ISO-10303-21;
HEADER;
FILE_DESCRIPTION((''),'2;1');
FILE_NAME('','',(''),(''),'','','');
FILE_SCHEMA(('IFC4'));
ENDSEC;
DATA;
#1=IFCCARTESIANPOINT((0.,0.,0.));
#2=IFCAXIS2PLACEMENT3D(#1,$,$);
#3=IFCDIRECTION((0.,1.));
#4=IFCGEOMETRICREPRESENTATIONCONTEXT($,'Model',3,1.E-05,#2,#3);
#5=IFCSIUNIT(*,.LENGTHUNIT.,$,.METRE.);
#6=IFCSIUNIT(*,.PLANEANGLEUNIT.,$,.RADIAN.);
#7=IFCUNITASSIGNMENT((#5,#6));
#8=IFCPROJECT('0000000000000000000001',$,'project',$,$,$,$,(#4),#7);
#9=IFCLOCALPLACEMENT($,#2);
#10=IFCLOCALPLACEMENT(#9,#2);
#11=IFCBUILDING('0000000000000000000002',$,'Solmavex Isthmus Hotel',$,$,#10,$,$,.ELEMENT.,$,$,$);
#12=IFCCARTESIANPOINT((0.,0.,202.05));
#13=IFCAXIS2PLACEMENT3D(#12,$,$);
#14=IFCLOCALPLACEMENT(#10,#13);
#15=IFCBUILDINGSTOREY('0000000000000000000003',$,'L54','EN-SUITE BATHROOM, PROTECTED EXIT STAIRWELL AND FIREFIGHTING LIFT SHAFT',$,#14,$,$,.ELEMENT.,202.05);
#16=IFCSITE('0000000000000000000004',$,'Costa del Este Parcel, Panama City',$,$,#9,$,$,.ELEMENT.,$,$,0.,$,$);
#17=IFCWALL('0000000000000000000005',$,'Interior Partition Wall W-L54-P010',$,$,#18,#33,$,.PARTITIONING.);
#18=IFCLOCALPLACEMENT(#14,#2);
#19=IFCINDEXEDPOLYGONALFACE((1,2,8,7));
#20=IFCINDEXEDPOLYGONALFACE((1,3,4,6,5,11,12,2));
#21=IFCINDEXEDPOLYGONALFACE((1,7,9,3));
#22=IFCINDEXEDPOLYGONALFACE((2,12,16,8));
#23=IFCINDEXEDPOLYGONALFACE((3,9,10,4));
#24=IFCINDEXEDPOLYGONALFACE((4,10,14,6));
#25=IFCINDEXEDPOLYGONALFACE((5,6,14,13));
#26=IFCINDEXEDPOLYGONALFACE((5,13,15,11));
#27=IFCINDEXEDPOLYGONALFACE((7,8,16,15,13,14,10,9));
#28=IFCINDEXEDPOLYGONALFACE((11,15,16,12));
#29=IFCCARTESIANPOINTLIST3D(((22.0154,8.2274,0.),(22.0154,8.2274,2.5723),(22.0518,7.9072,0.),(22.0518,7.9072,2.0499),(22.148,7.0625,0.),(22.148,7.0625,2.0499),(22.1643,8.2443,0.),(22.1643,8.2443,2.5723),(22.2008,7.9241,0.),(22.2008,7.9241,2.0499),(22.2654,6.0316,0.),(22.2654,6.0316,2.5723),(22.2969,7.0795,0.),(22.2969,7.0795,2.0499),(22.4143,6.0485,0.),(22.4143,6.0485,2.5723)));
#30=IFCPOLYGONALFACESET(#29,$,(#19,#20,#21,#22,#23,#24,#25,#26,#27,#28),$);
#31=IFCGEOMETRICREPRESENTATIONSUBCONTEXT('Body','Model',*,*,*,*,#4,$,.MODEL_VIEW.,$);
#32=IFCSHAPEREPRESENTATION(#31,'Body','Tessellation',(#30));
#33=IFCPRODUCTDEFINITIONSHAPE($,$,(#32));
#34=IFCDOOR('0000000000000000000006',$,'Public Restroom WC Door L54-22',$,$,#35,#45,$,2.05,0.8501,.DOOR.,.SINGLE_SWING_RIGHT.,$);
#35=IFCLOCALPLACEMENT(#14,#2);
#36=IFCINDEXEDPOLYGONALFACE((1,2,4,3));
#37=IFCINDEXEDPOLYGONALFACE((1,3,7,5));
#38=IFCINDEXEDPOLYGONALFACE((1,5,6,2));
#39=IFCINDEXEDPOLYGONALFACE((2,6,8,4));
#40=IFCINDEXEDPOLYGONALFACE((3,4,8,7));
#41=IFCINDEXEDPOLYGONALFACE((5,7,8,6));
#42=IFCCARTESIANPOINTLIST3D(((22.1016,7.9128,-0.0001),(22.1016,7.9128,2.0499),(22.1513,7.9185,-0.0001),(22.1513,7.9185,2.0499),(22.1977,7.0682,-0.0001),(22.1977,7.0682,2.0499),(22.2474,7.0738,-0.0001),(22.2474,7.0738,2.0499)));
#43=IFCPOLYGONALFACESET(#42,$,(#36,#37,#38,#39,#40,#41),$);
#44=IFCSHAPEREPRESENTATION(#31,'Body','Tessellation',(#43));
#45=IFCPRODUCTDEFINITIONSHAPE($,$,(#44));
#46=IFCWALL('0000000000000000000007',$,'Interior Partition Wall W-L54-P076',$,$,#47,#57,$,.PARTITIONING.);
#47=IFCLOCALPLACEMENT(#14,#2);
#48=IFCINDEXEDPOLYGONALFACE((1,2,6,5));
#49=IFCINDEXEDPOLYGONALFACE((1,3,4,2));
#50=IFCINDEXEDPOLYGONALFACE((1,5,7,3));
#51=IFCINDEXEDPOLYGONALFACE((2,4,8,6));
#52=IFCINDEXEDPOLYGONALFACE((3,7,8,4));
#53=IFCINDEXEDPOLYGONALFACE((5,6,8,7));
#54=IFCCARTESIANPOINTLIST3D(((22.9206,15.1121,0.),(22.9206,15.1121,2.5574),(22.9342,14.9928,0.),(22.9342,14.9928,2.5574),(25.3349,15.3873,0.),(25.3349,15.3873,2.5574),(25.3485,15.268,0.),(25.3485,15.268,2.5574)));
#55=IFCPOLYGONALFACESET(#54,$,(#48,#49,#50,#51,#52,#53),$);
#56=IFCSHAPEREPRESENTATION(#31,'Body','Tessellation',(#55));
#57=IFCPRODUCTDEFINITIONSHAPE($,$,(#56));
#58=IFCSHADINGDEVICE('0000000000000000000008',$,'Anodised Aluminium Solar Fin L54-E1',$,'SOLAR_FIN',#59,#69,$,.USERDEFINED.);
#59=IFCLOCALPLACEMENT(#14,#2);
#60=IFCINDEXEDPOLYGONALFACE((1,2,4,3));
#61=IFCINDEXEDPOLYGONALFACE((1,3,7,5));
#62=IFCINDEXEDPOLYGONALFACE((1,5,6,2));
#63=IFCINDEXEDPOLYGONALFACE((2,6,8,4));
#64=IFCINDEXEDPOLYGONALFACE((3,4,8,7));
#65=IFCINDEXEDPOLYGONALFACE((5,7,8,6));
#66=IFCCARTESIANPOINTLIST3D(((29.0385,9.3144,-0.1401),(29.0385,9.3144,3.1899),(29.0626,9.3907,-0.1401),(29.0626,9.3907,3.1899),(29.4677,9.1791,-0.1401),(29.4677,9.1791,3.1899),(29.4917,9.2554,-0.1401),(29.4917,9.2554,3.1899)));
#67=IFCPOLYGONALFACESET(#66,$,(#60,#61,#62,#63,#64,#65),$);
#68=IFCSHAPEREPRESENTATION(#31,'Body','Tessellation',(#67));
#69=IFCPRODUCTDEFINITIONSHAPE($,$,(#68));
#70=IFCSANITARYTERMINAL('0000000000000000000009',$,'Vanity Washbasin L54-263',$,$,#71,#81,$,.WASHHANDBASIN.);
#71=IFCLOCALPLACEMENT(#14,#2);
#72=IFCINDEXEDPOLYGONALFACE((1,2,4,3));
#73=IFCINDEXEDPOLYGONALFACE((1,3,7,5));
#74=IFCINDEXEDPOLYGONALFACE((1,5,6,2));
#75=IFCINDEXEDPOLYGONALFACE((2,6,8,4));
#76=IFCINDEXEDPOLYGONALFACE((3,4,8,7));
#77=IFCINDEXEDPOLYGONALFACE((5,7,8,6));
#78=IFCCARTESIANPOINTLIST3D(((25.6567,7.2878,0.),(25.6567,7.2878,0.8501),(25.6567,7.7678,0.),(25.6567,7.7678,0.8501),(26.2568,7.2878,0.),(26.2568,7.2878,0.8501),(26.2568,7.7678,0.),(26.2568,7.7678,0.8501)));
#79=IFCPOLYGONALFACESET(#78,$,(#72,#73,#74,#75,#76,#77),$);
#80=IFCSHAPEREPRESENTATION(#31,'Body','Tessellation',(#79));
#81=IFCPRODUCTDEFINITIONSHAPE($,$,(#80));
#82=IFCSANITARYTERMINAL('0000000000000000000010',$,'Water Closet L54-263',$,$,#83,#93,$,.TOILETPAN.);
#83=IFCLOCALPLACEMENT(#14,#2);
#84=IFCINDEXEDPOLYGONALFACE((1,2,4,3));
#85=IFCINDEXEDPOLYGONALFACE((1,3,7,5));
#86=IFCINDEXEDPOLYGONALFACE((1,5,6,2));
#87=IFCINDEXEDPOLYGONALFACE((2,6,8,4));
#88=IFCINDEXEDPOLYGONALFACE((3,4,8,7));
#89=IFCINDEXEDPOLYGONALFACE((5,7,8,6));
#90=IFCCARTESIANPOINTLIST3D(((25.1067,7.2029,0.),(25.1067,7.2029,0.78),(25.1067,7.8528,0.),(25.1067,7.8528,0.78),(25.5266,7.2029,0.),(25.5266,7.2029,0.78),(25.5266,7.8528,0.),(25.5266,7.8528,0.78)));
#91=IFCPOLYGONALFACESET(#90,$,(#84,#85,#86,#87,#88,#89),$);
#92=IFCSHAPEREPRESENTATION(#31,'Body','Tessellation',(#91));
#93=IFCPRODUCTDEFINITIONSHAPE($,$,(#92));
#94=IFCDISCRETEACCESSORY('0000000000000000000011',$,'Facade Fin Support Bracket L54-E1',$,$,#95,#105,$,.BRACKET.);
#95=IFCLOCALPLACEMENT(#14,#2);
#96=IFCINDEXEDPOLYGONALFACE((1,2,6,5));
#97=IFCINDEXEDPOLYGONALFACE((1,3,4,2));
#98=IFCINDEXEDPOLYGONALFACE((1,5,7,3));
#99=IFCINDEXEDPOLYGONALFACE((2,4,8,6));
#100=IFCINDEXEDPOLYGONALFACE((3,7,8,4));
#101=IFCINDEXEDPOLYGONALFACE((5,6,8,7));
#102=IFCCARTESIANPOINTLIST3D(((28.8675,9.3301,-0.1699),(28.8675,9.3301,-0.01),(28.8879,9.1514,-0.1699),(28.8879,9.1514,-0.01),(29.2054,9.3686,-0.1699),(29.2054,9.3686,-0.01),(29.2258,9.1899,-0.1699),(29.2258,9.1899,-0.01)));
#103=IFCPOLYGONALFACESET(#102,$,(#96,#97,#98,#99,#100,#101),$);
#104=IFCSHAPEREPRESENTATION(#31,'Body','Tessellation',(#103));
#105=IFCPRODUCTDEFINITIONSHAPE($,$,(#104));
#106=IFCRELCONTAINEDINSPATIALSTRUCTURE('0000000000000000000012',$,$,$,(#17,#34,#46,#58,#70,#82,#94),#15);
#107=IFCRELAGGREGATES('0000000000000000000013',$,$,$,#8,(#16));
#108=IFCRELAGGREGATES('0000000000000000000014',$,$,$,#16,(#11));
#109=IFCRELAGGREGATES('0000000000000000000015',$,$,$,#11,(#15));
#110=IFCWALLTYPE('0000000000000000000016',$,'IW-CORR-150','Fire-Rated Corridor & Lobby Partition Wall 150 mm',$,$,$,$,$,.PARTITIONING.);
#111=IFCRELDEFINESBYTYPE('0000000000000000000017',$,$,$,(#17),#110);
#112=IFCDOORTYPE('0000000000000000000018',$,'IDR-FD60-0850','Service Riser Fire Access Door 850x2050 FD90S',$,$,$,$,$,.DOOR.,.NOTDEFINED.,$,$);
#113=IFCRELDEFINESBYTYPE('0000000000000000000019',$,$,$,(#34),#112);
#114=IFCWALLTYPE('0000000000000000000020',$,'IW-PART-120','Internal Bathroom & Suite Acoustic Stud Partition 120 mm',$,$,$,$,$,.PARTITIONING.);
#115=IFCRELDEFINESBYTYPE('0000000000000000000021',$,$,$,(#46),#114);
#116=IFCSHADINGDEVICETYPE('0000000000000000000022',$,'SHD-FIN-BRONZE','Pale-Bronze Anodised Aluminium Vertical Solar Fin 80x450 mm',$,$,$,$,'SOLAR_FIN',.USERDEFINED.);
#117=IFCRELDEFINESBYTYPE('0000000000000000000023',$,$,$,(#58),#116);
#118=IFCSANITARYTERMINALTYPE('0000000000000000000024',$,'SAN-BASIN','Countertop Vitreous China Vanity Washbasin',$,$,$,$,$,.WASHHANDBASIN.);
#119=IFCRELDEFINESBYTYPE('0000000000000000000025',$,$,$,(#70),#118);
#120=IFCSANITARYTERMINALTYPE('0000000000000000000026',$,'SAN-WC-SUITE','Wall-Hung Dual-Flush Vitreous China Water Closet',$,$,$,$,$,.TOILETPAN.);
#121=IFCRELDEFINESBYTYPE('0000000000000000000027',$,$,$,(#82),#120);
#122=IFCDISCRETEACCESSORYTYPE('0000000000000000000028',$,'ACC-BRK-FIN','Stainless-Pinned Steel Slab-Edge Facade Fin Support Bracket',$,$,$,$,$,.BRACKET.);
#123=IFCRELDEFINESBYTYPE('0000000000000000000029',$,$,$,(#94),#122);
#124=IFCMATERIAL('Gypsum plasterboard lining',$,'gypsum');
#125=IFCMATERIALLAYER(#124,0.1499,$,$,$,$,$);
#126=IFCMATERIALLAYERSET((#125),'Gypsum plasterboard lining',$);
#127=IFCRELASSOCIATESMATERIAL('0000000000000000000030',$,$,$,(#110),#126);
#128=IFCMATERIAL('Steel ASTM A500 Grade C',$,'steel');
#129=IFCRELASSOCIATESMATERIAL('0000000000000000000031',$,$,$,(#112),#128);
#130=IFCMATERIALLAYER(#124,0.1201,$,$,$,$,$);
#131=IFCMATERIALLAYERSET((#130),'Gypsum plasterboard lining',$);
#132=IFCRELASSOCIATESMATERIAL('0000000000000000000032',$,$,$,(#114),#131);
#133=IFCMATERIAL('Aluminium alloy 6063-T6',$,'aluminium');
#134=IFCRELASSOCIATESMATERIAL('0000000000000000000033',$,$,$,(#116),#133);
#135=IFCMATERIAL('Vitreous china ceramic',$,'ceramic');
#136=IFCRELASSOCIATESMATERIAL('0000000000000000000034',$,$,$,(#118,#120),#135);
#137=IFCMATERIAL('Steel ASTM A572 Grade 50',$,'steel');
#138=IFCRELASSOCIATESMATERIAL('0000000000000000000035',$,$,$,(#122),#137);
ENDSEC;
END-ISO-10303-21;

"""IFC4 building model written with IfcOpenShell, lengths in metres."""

from ifc_helpers import new_model, si_unit, direction, frame, frame_2d, origin, origin_2d, place, context, subcontext, project, spatial, rectangle, extrude, material, layer, layer_set, type_object, element, fill, save


model = new_model("IFC4")

# Units and contexts
model_context = context("Model", 3, precision=1e-05, world=origin(), true_north=direction((0.0, 1.0)))
body_context = subcontext(model_context, "Body", "Model", "MODEL_VIEW")
ifc_project = project(units=[si_unit("LENGTHUNIT", "METRE"), si_unit("PLANEANGLEUNIT", "RADIAN")], contexts=[model_context])

# Site, building, storey
site_placement = place(None, origin())
site = spatial("IfcSite", under=ifc_project, at=site_placement, Name="Costa del Este Parcel, Panama City", CompositionType="ELEMENT", RefElevation=0.0)
building_placement = place(site_placement, origin())
building = spatial("IfcBuilding", under=site, at=building_placement, Name="Solmavex Isthmus Hotel", CompositionType="ELEMENT")
storey_placement = place(building_placement, frame((0.0, 0.0, 202.05)))
storey = spatial("IfcBuildingStorey", under=building, at=storey_placement, Name="L54", Description="EN-SUITE BATHROOM, PROTECTED EXIT STAIRWELL AND FIREFIGHTING LIFT SHAFT", CompositionType="ELEMENT", Elevation=202.05)

# Shared definitions
ifc_material_1 = material(Name="Aluminium alloy 6063-T6", Category="aluminium")

# Shared definitions
ifc_material_2 = material(Name="Gypsum plasterboard lining", Category="gypsum")

# Wall, opening, door
ifc_layer_1 = layer(ifc_material_2, 0.1499)
ifc_layer_set_1 = layer_set([ifc_layer_1], Name="Gypsum plasterboard lining")
wall_type_1 = type_object("IfcWallType", Name="IW-CORR-150", Description="Fire-Rated Corridor & Lobby Partition Wall 150 mm", PredefinedType="PARTITIONING", material=ifc_layer_set_1)
wall_1_placement = place(storey_placement, frame((22.0898, 8.2358, 0.0), z_axis=(0.0, 0.0, 1.0), x_axis=(0.113123, -0.993581, 0.0)))
wall_1 = element("IfcWall", 1, at=wall_1_placement, inside=storey, type_object=wall_type_1, Name="Interior Partition Wall W-L54-P010", PredefinedType="PARTITIONING", context=body_context, shape_type="SweptSolid", body=[
    extrude(rectangle(XDim=2.21, YDim=0.1499, at=frame_2d((1.105, 0.0))), origin(), (0.0, 0.0, 1.0), 2.5723),
])
opening_1_placement = place(wall_1_placement, frame((0.3223, 0.0, 0.0)))
opening_1 = element("IfcOpeningElement", 2, at=opening_1_placement, cuts=wall_1, PredefinedType="OPENING", context=body_context, shape_type="SweptSolid", body=[
    extrude(rectangle(XDim=0.8501, YDim=2.05, at=frame_2d((0.425, 1.0249))), frame((0.0, 0.085, 0.0), z_axis=(0.0, -1.0, 0.0), x_axis=(1.0, 0.0, 0.0)), (0.0, 0.0, 1.0), 0.1699),
])
ifc_material_3 = material(Name="Steel ASTM A500 Grade C", Category="steel")
door_type_1 = type_object("IfcDoorType", Name="IDR-FD60-0850", Description="Service Riser Fire Access Door 850x2050 FD90S", OperationType="NOTDEFINED", PredefinedType="DOOR", material=ifc_material_3)
door_1_placement = place(opening_1_placement, frame((0.8501, 0.0, 0.0), z_axis=(0.0, 0.0, 1.0), x_axis=(-1.0, 0.0, 0.0)))
door_1 = element("IfcDoor", 3, at=door_1_placement, inside=storey, type_object=door_type_1, Name="Public Restroom WC Door L54-22", OperationType="SINGLE_SWING_RIGHT", OverallHeight=2.05, OverallWidth=0.8501, PredefinedType="DOOR", context=body_context, shape_type="SweptSolid", body=[
    extrude(rectangle(XDim=0.8501, YDim=2.05, at=frame_2d((0.425, 1.0249))), frame((0.0, 0.0249, 0.0), z_axis=(0.0, -1.0, 0.0), x_axis=(1.0, 0.0, 0.0)), (0.0, 0.0, 1.0), 0.05),
])
fill(opening_1, door_1)

# Wall
ifc_layer_2 = layer(ifc_material_2, 0.1201)
ifc_layer_set_2 = layer_set([ifc_layer_2], Name="Gypsum plasterboard lining")
wall_type_2 = type_object("IfcWallType", Name="IW-PART-120", Description="Internal Bathroom & Suite Acoustic Stud Partition 120 mm", PredefinedType="PARTITIONING", material=ifc_layer_set_2)
wall_2_placement = place(storey_placement, frame((22.9275, 15.0525, 0.0), z_axis=(0.0, 0.0, 1.0), x_axis=(0.993569, 0.113232, 0.0)))
element("IfcWall", 4, at=wall_2_placement, inside=storey, type_object=wall_type_2, Name="Interior Partition Wall W-L54-P076", PredefinedType="PARTITIONING", context=body_context, shape_type="SweptSolid", body=[
    extrude(rectangle(XDim=2.4299, YDim=0.1201, at=frame_2d((1.2148, 0.0))), origin(), (0.0, 0.0, 1.0), 2.5574),
])

# Shading device
shading_device_type = type_object("IfcShadingDeviceType", Name="SHD-FIN-BRONZE", Description="Pale-Bronze Anodised Aluminium Vertical Solar Fin 80x450 mm", ElementType="SOLAR_FIN", PredefinedType="USERDEFINED", material=ifc_material_1)
shading_device_placement = place(storey_placement, frame((29.2651, 9.2849, -0.1401), z_axis=(0.0, 0.0, 1.0), x_axis=(0.953717, -0.300706, 0.0)))
element("IfcShadingDevice", 5, at=shading_device_placement, inside=storey, type_object=shading_device_type, Name="Anodised Aluminium Solar Fin L54-E1", ObjectType="SOLAR_FIN", PredefinedType="USERDEFINED", context=body_context, shape_type="SweptSolid", body=[
    extrude(rectangle(XDim=0.45, YDim=0.0801, at=origin_2d()), origin(), (0.0, 0.0, 1.0), 3.3301),
])

# Sanitary terminals
ifc_material_4 = material(Name="Vitreous china ceramic", Category="ceramic")
sanitary_terminal_type_1 = type_object("IfcSanitaryTerminalType", Name="SAN-BASIN", Description="Countertop Vitreous China Vanity Washbasin", PredefinedType="WASHHANDBASIN", material=ifc_material_4)
sanitary_terminal_1_placement = place(storey_placement, frame((25.9568, 7.5278, 0.0), z_axis=(0.0, 0.0, 1.0), x_axis=(1.0, 0.0, 0.0)))
element("IfcSanitaryTerminal", 6, at=sanitary_terminal_1_placement, inside=storey, type_object=sanitary_terminal_type_1, Name="Vanity Washbasin L54-263", PredefinedType="WASHHANDBASIN", context=body_context, shape_type="SweptSolid", body=[
    extrude(rectangle(XDim=0.6001, YDim=0.48, at=origin_2d()), origin(), (0.0, 0.0, 1.0), 0.8501),
])
sanitary_terminal_type_2 = type_object("IfcSanitaryTerminalType", Name="SAN-WC-SUITE", Description="Wall-Hung Dual-Flush Vitreous China Water Closet", PredefinedType="TOILETPAN", material=ifc_material_4)
sanitary_terminal_2_placement = place(storey_placement, frame((25.3167, 7.5278, 0.0), z_axis=(0.0, 0.0, 1.0), x_axis=(1.0, 0.0, 0.0)))
element("IfcSanitaryTerminal", 7, at=sanitary_terminal_2_placement, inside=storey, type_object=sanitary_terminal_type_2, Name="Water Closet L54-263", PredefinedType="TOILETPAN", context=body_context, shape_type="SweptSolid", body=[
    extrude(rectangle(XDim=0.4199, YDim=0.6499, at=origin_2d()), origin(), (0.0, 0.0, 1.0), 0.78),
])

# Discrete accessory
ifc_material_5 = material(Name="Steel ASTM A572 Grade 50", Category="steel")
discrete_accessory_type = type_object("IfcDiscreteAccessoryType", Name="ACC-BRK-FIN", Description="Stainless-Pinned Steel Slab-Edge Facade Fin Support Bracket", PredefinedType="BRACKET", material=ifc_material_5)
discrete_accessory_placement = place(storey_placement, frame((29.0466, 9.26, -0.1699), z_axis=(0.0, 0.0, 1.0), x_axis=(0.993572, 0.113203, 0.0)))
element("IfcDiscreteAccessory", 8, at=discrete_accessory_placement, inside=storey, type_object=discrete_accessory_type, Name="Facade Fin Support Bracket L54-E1", PredefinedType="BRACKET", context=body_context, shape_type="SweptSolid", body=[
    extrude(rectangle(XDim=0.3401, YDim=0.1799, at=origin_2d()), origin(), (0.0, 0.0, 1.0), 0.1599),
])

save(model, "model.ifc")
